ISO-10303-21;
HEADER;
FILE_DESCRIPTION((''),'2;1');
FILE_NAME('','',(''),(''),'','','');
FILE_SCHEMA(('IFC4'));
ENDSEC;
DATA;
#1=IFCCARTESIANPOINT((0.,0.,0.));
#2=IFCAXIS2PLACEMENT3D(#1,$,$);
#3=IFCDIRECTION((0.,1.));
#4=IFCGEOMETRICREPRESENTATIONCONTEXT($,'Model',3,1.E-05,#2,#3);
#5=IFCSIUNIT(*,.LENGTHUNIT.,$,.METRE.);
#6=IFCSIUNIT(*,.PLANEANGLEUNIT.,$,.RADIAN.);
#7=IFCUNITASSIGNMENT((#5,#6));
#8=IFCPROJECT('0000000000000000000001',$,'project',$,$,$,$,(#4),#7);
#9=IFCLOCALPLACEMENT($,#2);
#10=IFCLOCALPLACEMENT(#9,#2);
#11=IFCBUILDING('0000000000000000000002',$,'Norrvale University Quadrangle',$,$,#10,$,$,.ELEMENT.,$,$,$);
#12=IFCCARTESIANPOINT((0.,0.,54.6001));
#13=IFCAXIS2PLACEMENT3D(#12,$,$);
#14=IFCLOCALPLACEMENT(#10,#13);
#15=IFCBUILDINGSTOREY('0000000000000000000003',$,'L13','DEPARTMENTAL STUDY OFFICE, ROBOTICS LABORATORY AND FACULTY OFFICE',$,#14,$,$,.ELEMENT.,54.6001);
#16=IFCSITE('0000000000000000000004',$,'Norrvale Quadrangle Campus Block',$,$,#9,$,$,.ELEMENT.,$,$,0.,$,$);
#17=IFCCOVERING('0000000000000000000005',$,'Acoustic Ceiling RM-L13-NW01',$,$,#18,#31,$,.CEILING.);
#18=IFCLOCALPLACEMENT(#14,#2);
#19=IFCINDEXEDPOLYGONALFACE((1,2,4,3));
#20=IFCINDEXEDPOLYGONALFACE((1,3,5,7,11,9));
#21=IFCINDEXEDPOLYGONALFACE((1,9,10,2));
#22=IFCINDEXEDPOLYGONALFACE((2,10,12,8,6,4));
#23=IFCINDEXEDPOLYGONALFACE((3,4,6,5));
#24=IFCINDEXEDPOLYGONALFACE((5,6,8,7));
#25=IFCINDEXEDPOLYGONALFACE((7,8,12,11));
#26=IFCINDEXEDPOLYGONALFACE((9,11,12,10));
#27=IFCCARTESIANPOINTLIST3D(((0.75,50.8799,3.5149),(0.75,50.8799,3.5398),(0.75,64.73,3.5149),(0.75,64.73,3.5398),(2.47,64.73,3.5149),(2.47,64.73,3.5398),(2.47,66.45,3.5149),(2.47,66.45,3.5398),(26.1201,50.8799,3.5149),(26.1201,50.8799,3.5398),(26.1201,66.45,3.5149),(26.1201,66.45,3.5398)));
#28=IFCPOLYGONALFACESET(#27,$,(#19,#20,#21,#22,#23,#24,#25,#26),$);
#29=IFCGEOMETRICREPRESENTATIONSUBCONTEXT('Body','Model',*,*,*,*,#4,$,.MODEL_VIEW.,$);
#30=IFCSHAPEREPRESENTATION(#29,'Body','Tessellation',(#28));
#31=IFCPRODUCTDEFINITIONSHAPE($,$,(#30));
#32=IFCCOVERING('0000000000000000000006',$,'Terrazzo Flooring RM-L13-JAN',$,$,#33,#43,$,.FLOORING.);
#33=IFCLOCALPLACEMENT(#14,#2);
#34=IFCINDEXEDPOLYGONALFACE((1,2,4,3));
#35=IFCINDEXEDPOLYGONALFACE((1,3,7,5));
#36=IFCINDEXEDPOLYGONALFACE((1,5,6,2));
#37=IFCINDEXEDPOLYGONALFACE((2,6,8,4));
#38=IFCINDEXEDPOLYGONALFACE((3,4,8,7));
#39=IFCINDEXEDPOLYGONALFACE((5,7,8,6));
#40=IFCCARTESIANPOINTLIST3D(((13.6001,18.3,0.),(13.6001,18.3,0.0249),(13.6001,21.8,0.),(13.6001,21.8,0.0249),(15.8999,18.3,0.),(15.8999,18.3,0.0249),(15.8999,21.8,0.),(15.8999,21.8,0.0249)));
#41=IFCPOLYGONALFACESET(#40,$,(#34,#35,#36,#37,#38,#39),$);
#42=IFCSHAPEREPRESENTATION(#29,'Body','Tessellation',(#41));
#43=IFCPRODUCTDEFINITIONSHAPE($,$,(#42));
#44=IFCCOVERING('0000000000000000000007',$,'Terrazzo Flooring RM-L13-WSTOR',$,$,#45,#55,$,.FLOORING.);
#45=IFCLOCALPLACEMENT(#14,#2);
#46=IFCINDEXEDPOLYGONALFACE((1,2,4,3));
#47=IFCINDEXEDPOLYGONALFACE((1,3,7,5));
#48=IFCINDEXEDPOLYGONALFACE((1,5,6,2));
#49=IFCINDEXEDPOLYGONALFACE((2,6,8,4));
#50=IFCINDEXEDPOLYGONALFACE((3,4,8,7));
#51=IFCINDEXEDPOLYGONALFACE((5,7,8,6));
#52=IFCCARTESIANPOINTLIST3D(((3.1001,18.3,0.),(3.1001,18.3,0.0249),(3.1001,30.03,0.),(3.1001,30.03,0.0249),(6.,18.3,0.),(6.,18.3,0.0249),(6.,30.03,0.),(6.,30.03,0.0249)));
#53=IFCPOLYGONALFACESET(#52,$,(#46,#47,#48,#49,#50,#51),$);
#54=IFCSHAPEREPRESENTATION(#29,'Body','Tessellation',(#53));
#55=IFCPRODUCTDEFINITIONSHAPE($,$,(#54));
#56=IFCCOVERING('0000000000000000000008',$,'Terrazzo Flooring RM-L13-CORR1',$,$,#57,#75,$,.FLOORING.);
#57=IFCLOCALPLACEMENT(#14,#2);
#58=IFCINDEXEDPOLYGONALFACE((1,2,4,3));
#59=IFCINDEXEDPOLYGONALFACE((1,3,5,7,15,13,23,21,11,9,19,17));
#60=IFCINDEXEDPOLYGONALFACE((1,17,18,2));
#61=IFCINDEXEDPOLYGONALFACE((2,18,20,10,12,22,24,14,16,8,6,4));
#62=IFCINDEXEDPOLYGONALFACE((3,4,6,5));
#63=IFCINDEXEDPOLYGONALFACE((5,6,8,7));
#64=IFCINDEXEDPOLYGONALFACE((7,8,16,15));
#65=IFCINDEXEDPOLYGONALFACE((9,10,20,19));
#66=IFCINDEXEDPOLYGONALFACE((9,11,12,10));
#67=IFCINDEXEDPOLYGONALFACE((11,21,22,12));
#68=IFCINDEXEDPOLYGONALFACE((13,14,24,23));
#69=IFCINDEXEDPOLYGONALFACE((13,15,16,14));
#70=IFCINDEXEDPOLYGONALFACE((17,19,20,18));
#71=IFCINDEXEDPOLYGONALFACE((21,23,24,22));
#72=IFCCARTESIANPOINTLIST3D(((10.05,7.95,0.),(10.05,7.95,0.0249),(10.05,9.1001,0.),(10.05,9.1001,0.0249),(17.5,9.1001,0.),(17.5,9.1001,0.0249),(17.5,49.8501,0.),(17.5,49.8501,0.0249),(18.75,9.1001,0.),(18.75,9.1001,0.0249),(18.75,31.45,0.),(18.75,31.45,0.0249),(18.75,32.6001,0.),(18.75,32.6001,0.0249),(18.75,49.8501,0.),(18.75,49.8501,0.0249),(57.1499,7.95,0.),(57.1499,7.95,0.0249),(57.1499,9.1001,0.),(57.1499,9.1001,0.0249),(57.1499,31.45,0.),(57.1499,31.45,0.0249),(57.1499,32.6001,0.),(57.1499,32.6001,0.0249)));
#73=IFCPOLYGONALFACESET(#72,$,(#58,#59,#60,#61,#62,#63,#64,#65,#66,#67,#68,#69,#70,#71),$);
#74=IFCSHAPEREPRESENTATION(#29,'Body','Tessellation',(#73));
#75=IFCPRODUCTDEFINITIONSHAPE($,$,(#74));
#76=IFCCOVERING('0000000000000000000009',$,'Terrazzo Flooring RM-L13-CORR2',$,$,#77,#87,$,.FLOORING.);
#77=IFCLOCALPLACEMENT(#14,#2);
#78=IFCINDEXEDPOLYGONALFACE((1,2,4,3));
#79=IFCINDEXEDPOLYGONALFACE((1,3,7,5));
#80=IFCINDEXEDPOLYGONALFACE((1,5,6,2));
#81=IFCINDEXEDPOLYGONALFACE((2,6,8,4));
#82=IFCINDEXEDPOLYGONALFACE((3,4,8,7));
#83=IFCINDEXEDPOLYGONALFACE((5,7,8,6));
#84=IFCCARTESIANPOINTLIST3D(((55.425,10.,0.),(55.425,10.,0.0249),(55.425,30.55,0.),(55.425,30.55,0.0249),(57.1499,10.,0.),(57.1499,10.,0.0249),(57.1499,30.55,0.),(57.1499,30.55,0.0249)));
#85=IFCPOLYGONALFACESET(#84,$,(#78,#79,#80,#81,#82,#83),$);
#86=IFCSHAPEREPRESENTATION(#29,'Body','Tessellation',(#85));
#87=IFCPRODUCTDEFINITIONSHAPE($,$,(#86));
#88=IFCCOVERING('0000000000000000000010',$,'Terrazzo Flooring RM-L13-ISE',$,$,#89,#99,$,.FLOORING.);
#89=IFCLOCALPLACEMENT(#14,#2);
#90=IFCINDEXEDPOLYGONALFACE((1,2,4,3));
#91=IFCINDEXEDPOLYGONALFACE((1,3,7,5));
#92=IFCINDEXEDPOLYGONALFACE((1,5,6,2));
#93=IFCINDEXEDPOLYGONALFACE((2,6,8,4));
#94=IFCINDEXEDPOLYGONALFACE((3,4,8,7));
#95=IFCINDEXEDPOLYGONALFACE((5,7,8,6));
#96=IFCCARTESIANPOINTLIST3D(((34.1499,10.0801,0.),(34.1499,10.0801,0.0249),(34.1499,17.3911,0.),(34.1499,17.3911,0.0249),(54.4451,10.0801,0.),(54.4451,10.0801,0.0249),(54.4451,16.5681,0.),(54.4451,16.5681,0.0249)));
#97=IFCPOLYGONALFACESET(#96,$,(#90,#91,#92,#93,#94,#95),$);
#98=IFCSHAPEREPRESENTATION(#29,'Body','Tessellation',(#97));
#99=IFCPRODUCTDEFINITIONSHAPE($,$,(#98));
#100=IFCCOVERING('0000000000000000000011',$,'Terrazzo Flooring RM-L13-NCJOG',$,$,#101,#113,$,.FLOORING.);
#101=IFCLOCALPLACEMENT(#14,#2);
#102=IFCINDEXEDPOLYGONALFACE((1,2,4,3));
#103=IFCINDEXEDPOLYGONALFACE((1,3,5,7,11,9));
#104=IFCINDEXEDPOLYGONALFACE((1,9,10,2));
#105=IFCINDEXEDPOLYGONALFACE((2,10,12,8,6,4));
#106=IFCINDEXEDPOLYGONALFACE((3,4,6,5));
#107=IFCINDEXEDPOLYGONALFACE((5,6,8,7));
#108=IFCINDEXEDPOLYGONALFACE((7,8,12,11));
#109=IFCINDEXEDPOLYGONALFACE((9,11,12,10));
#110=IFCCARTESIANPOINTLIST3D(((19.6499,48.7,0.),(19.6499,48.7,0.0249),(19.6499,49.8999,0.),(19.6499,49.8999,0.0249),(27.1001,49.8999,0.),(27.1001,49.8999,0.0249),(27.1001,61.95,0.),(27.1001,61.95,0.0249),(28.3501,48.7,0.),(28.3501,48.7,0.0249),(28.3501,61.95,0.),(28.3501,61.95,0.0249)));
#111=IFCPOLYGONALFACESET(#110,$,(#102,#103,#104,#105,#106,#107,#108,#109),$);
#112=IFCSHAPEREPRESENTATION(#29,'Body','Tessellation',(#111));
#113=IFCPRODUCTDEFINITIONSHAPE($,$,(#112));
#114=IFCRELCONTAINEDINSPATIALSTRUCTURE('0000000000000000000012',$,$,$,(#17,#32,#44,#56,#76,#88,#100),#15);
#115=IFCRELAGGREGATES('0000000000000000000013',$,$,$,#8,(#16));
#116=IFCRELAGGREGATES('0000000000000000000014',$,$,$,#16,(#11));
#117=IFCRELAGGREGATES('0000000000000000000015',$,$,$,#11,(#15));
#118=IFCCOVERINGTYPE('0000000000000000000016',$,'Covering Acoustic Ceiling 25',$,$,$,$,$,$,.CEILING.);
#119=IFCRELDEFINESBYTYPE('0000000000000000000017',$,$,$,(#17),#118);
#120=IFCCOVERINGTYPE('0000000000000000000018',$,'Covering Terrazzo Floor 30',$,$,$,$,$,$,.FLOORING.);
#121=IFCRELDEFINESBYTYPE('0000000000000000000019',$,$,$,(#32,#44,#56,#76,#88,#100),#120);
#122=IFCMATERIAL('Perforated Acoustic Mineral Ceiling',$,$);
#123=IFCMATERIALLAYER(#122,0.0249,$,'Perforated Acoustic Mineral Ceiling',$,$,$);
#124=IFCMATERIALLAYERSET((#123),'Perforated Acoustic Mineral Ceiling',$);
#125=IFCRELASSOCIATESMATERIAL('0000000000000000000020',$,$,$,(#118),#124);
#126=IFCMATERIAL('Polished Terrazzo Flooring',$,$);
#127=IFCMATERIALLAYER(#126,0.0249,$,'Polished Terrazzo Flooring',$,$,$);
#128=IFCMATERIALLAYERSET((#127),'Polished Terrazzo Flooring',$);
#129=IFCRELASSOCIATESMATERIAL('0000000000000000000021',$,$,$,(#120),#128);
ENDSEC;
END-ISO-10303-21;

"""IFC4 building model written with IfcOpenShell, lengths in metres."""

from ifc_helpers import new_model, si_unit, direction, frame, origin, place, context, subcontext, project, spatial, polyline, outline, extrude, material, layer, layer_set, type_object, element, save


model = new_model("IFC4")

# Units and contexts
model_context = context("Model", 3, precision=1e-05, world=origin(), true_north=direction((0.0, 1.0)))
body_context = subcontext(model_context, "Body", "Model", "MODEL_VIEW")
ifc_project = project(units=[si_unit("LENGTHUNIT", "METRE"), si_unit("PLANEANGLEUNIT", "RADIAN")], contexts=[model_context])

# Site, building, storey
site_placement = place(None, origin())
site = spatial("IfcSite", under=ifc_project, at=site_placement, Name="Norrvale Quadrangle Campus Block", CompositionType="ELEMENT", RefElevation=0.0)
building_placement = place(site_placement, origin())
building = spatial("IfcBuilding", under=site, at=building_placement, Name="Norrvale University Quadrangle", CompositionType="ELEMENT")
storey_placement = place(building_placement, frame((0.0, 0.0, 54.6001)))
storey = spatial("IfcBuildingStorey", under=building, at=storey_placement, Name="L13", Description="DEPARTMENTAL STUDY OFFICE, ROBOTICS LABORATORY AND FACULTY OFFICE", CompositionType="ELEMENT", Elevation=54.6001)

# Coverings
ifc_material_1 = material(Name="Perforated Acoustic Mineral Ceiling")
ifc_layer_1 = layer(ifc_material_1, 0.0249, Name="Perforated Acoustic Mineral Ceiling")
ifc_layer_set_1 = layer_set([ifc_layer_1], Name="Perforated Acoustic Mineral Ceiling")
covering_type_1 = type_object("IfcCoveringType", Name="Covering Acoustic Ceiling 25", PredefinedType="CEILING", material=ifc_layer_set_1)
covering_1_placement = place(storey_placement, frame((0.0, 0.0, 3.5149)))
element("IfcCovering", 1, at=covering_1_placement, inside=storey, type_object=covering_type_1, Name="Acoustic Ceiling RM-L13-NW01", PredefinedType="CEILING", context=body_context, shape_type="SweptSolid", body=[
    extrude(outline(polyline([(26.1201, 66.45), (26.1201, 50.8799), (0.75, 50.8799), (0.75, 64.73), (2.47, 64.73), (2.47, 66.45), (26.1201, 66.45)])), origin(), (0.0, 0.0, 1.0), 0.0249),
])
ifc_material_2 = material(Name="Polished Terrazzo Flooring")
ifc_layer_2 = layer(ifc_material_2, 0.0249, Name="Polished Terrazzo Flooring")
ifc_layer_set_2 = layer_set([ifc_layer_2], Name="Polished Terrazzo Flooring")
covering_type_2 = type_object("IfcCoveringType", Name="Covering Terrazzo Floor 30", PredefinedType="FLOORING", material=ifc_layer_set_2)
covering_2_placement = place(storey_placement, origin())
element("IfcCovering", 2, at=covering_2_placement, inside=storey, type_object=covering_type_2, Name="Terrazzo Flooring RM-L13-JAN", PredefinedType="FLOORING", context=body_context, shape_type="SweptSolid", body=[
    extrude(outline(polyline([(13.6001, 18.3), (13.6001, 21.8), (15.8999, 21.8), (15.8999, 18.3), (13.6001, 18.3)])), origin(), (0.0, 0.0, 1.0), 0.0249),
])
covering_3_placement = place(storey_placement, origin())
element("IfcCovering", 3, at=covering_3_placement, inside=storey, type_object=covering_type_2, Name="Terrazzo Flooring RM-L13-WSTOR", PredefinedType="FLOORING", context=body_context, shape_type="SweptSolid", body=[
    extrude(outline(polyline([(3.1001, 18.3), (3.1001, 30.03), (6.0, 30.03), (6.0, 18.3), (3.1001, 18.3)])), origin(), (0.0, 0.0, 1.0), 0.0249),
])
covering_4_placement = place(storey_placement, origin())
element("IfcCovering", 4, at=covering_4_placement, inside=storey, type_object=covering_type_2, Name="Terrazzo Flooring RM-L13-CORR1", PredefinedType="FLOORING", context=body_context, shape_type="SweptSolid", body=[
    extrude(outline(polyline([(10.05, 7.95), (10.05, 9.1001), (17.5, 9.1001), (17.5, 49.8501), (18.75, 49.8501), (18.75, 32.6001), (57.1499, 32.6001), (57.1499, 31.45), (18.75, 31.45), (18.75, 9.1001), (57.1499, 9.1001), (57.1499, 7.95), (10.05, 7.95)])), origin(), (0.0, 0.0, 1.0), 0.0249),
])
covering_5_placement = place(storey_placement, origin())
element("IfcCovering", 5, at=covering_5_placement, inside=storey, type_object=covering_type_2, Name="Terrazzo Flooring RM-L13-CORR2", PredefinedType="FLOORING", context=body_context, shape_type="SweptSolid", body=[
    extrude(outline(polyline([(55.425, 10.0), (55.425, 30.55), (57.1499, 30.55), (57.1499, 10.0), (55.425, 10.0)])), origin(), (0.0, 0.0, 1.0), 0.0249),
])
covering_6_placement = place(storey_placement, origin())
element("IfcCovering", 6, at=covering_6_placement, inside=storey, type_object=covering_type_2, Name="Terrazzo Flooring RM-L13-ISE", PredefinedType="FLOORING", context=body_context, shape_type="SweptSolid", body=[
    extrude(outline(polyline([(34.1499, 10.0801), (34.1499, 17.3911), (54.4451, 16.5681), (54.4451, 10.0801), (34.1499, 10.0801)])), origin(), (0.0, 0.0, 1.0), 0.0249),
])
covering_7_placement = place(storey_placement, origin())
element("IfcCovering", 7, at=covering_7_placement, inside=storey, type_object=covering_type_2, Name="Terrazzo Flooring RM-L13-NCJOG", PredefinedType="FLOORING", context=body_context, shape_type="SweptSolid", body=[
    extrude(outline(polyline([(19.6499, 48.7), (19.6499, 49.8999), (27.1001, 49.8999), (27.1001, 61.95), (28.3501, 61.95), (28.3501, 48.7), (19.6499, 48.7)])), origin(), (0.0, 0.0, 1.0), 0.0249),
])

save(model, "model.ifc")
